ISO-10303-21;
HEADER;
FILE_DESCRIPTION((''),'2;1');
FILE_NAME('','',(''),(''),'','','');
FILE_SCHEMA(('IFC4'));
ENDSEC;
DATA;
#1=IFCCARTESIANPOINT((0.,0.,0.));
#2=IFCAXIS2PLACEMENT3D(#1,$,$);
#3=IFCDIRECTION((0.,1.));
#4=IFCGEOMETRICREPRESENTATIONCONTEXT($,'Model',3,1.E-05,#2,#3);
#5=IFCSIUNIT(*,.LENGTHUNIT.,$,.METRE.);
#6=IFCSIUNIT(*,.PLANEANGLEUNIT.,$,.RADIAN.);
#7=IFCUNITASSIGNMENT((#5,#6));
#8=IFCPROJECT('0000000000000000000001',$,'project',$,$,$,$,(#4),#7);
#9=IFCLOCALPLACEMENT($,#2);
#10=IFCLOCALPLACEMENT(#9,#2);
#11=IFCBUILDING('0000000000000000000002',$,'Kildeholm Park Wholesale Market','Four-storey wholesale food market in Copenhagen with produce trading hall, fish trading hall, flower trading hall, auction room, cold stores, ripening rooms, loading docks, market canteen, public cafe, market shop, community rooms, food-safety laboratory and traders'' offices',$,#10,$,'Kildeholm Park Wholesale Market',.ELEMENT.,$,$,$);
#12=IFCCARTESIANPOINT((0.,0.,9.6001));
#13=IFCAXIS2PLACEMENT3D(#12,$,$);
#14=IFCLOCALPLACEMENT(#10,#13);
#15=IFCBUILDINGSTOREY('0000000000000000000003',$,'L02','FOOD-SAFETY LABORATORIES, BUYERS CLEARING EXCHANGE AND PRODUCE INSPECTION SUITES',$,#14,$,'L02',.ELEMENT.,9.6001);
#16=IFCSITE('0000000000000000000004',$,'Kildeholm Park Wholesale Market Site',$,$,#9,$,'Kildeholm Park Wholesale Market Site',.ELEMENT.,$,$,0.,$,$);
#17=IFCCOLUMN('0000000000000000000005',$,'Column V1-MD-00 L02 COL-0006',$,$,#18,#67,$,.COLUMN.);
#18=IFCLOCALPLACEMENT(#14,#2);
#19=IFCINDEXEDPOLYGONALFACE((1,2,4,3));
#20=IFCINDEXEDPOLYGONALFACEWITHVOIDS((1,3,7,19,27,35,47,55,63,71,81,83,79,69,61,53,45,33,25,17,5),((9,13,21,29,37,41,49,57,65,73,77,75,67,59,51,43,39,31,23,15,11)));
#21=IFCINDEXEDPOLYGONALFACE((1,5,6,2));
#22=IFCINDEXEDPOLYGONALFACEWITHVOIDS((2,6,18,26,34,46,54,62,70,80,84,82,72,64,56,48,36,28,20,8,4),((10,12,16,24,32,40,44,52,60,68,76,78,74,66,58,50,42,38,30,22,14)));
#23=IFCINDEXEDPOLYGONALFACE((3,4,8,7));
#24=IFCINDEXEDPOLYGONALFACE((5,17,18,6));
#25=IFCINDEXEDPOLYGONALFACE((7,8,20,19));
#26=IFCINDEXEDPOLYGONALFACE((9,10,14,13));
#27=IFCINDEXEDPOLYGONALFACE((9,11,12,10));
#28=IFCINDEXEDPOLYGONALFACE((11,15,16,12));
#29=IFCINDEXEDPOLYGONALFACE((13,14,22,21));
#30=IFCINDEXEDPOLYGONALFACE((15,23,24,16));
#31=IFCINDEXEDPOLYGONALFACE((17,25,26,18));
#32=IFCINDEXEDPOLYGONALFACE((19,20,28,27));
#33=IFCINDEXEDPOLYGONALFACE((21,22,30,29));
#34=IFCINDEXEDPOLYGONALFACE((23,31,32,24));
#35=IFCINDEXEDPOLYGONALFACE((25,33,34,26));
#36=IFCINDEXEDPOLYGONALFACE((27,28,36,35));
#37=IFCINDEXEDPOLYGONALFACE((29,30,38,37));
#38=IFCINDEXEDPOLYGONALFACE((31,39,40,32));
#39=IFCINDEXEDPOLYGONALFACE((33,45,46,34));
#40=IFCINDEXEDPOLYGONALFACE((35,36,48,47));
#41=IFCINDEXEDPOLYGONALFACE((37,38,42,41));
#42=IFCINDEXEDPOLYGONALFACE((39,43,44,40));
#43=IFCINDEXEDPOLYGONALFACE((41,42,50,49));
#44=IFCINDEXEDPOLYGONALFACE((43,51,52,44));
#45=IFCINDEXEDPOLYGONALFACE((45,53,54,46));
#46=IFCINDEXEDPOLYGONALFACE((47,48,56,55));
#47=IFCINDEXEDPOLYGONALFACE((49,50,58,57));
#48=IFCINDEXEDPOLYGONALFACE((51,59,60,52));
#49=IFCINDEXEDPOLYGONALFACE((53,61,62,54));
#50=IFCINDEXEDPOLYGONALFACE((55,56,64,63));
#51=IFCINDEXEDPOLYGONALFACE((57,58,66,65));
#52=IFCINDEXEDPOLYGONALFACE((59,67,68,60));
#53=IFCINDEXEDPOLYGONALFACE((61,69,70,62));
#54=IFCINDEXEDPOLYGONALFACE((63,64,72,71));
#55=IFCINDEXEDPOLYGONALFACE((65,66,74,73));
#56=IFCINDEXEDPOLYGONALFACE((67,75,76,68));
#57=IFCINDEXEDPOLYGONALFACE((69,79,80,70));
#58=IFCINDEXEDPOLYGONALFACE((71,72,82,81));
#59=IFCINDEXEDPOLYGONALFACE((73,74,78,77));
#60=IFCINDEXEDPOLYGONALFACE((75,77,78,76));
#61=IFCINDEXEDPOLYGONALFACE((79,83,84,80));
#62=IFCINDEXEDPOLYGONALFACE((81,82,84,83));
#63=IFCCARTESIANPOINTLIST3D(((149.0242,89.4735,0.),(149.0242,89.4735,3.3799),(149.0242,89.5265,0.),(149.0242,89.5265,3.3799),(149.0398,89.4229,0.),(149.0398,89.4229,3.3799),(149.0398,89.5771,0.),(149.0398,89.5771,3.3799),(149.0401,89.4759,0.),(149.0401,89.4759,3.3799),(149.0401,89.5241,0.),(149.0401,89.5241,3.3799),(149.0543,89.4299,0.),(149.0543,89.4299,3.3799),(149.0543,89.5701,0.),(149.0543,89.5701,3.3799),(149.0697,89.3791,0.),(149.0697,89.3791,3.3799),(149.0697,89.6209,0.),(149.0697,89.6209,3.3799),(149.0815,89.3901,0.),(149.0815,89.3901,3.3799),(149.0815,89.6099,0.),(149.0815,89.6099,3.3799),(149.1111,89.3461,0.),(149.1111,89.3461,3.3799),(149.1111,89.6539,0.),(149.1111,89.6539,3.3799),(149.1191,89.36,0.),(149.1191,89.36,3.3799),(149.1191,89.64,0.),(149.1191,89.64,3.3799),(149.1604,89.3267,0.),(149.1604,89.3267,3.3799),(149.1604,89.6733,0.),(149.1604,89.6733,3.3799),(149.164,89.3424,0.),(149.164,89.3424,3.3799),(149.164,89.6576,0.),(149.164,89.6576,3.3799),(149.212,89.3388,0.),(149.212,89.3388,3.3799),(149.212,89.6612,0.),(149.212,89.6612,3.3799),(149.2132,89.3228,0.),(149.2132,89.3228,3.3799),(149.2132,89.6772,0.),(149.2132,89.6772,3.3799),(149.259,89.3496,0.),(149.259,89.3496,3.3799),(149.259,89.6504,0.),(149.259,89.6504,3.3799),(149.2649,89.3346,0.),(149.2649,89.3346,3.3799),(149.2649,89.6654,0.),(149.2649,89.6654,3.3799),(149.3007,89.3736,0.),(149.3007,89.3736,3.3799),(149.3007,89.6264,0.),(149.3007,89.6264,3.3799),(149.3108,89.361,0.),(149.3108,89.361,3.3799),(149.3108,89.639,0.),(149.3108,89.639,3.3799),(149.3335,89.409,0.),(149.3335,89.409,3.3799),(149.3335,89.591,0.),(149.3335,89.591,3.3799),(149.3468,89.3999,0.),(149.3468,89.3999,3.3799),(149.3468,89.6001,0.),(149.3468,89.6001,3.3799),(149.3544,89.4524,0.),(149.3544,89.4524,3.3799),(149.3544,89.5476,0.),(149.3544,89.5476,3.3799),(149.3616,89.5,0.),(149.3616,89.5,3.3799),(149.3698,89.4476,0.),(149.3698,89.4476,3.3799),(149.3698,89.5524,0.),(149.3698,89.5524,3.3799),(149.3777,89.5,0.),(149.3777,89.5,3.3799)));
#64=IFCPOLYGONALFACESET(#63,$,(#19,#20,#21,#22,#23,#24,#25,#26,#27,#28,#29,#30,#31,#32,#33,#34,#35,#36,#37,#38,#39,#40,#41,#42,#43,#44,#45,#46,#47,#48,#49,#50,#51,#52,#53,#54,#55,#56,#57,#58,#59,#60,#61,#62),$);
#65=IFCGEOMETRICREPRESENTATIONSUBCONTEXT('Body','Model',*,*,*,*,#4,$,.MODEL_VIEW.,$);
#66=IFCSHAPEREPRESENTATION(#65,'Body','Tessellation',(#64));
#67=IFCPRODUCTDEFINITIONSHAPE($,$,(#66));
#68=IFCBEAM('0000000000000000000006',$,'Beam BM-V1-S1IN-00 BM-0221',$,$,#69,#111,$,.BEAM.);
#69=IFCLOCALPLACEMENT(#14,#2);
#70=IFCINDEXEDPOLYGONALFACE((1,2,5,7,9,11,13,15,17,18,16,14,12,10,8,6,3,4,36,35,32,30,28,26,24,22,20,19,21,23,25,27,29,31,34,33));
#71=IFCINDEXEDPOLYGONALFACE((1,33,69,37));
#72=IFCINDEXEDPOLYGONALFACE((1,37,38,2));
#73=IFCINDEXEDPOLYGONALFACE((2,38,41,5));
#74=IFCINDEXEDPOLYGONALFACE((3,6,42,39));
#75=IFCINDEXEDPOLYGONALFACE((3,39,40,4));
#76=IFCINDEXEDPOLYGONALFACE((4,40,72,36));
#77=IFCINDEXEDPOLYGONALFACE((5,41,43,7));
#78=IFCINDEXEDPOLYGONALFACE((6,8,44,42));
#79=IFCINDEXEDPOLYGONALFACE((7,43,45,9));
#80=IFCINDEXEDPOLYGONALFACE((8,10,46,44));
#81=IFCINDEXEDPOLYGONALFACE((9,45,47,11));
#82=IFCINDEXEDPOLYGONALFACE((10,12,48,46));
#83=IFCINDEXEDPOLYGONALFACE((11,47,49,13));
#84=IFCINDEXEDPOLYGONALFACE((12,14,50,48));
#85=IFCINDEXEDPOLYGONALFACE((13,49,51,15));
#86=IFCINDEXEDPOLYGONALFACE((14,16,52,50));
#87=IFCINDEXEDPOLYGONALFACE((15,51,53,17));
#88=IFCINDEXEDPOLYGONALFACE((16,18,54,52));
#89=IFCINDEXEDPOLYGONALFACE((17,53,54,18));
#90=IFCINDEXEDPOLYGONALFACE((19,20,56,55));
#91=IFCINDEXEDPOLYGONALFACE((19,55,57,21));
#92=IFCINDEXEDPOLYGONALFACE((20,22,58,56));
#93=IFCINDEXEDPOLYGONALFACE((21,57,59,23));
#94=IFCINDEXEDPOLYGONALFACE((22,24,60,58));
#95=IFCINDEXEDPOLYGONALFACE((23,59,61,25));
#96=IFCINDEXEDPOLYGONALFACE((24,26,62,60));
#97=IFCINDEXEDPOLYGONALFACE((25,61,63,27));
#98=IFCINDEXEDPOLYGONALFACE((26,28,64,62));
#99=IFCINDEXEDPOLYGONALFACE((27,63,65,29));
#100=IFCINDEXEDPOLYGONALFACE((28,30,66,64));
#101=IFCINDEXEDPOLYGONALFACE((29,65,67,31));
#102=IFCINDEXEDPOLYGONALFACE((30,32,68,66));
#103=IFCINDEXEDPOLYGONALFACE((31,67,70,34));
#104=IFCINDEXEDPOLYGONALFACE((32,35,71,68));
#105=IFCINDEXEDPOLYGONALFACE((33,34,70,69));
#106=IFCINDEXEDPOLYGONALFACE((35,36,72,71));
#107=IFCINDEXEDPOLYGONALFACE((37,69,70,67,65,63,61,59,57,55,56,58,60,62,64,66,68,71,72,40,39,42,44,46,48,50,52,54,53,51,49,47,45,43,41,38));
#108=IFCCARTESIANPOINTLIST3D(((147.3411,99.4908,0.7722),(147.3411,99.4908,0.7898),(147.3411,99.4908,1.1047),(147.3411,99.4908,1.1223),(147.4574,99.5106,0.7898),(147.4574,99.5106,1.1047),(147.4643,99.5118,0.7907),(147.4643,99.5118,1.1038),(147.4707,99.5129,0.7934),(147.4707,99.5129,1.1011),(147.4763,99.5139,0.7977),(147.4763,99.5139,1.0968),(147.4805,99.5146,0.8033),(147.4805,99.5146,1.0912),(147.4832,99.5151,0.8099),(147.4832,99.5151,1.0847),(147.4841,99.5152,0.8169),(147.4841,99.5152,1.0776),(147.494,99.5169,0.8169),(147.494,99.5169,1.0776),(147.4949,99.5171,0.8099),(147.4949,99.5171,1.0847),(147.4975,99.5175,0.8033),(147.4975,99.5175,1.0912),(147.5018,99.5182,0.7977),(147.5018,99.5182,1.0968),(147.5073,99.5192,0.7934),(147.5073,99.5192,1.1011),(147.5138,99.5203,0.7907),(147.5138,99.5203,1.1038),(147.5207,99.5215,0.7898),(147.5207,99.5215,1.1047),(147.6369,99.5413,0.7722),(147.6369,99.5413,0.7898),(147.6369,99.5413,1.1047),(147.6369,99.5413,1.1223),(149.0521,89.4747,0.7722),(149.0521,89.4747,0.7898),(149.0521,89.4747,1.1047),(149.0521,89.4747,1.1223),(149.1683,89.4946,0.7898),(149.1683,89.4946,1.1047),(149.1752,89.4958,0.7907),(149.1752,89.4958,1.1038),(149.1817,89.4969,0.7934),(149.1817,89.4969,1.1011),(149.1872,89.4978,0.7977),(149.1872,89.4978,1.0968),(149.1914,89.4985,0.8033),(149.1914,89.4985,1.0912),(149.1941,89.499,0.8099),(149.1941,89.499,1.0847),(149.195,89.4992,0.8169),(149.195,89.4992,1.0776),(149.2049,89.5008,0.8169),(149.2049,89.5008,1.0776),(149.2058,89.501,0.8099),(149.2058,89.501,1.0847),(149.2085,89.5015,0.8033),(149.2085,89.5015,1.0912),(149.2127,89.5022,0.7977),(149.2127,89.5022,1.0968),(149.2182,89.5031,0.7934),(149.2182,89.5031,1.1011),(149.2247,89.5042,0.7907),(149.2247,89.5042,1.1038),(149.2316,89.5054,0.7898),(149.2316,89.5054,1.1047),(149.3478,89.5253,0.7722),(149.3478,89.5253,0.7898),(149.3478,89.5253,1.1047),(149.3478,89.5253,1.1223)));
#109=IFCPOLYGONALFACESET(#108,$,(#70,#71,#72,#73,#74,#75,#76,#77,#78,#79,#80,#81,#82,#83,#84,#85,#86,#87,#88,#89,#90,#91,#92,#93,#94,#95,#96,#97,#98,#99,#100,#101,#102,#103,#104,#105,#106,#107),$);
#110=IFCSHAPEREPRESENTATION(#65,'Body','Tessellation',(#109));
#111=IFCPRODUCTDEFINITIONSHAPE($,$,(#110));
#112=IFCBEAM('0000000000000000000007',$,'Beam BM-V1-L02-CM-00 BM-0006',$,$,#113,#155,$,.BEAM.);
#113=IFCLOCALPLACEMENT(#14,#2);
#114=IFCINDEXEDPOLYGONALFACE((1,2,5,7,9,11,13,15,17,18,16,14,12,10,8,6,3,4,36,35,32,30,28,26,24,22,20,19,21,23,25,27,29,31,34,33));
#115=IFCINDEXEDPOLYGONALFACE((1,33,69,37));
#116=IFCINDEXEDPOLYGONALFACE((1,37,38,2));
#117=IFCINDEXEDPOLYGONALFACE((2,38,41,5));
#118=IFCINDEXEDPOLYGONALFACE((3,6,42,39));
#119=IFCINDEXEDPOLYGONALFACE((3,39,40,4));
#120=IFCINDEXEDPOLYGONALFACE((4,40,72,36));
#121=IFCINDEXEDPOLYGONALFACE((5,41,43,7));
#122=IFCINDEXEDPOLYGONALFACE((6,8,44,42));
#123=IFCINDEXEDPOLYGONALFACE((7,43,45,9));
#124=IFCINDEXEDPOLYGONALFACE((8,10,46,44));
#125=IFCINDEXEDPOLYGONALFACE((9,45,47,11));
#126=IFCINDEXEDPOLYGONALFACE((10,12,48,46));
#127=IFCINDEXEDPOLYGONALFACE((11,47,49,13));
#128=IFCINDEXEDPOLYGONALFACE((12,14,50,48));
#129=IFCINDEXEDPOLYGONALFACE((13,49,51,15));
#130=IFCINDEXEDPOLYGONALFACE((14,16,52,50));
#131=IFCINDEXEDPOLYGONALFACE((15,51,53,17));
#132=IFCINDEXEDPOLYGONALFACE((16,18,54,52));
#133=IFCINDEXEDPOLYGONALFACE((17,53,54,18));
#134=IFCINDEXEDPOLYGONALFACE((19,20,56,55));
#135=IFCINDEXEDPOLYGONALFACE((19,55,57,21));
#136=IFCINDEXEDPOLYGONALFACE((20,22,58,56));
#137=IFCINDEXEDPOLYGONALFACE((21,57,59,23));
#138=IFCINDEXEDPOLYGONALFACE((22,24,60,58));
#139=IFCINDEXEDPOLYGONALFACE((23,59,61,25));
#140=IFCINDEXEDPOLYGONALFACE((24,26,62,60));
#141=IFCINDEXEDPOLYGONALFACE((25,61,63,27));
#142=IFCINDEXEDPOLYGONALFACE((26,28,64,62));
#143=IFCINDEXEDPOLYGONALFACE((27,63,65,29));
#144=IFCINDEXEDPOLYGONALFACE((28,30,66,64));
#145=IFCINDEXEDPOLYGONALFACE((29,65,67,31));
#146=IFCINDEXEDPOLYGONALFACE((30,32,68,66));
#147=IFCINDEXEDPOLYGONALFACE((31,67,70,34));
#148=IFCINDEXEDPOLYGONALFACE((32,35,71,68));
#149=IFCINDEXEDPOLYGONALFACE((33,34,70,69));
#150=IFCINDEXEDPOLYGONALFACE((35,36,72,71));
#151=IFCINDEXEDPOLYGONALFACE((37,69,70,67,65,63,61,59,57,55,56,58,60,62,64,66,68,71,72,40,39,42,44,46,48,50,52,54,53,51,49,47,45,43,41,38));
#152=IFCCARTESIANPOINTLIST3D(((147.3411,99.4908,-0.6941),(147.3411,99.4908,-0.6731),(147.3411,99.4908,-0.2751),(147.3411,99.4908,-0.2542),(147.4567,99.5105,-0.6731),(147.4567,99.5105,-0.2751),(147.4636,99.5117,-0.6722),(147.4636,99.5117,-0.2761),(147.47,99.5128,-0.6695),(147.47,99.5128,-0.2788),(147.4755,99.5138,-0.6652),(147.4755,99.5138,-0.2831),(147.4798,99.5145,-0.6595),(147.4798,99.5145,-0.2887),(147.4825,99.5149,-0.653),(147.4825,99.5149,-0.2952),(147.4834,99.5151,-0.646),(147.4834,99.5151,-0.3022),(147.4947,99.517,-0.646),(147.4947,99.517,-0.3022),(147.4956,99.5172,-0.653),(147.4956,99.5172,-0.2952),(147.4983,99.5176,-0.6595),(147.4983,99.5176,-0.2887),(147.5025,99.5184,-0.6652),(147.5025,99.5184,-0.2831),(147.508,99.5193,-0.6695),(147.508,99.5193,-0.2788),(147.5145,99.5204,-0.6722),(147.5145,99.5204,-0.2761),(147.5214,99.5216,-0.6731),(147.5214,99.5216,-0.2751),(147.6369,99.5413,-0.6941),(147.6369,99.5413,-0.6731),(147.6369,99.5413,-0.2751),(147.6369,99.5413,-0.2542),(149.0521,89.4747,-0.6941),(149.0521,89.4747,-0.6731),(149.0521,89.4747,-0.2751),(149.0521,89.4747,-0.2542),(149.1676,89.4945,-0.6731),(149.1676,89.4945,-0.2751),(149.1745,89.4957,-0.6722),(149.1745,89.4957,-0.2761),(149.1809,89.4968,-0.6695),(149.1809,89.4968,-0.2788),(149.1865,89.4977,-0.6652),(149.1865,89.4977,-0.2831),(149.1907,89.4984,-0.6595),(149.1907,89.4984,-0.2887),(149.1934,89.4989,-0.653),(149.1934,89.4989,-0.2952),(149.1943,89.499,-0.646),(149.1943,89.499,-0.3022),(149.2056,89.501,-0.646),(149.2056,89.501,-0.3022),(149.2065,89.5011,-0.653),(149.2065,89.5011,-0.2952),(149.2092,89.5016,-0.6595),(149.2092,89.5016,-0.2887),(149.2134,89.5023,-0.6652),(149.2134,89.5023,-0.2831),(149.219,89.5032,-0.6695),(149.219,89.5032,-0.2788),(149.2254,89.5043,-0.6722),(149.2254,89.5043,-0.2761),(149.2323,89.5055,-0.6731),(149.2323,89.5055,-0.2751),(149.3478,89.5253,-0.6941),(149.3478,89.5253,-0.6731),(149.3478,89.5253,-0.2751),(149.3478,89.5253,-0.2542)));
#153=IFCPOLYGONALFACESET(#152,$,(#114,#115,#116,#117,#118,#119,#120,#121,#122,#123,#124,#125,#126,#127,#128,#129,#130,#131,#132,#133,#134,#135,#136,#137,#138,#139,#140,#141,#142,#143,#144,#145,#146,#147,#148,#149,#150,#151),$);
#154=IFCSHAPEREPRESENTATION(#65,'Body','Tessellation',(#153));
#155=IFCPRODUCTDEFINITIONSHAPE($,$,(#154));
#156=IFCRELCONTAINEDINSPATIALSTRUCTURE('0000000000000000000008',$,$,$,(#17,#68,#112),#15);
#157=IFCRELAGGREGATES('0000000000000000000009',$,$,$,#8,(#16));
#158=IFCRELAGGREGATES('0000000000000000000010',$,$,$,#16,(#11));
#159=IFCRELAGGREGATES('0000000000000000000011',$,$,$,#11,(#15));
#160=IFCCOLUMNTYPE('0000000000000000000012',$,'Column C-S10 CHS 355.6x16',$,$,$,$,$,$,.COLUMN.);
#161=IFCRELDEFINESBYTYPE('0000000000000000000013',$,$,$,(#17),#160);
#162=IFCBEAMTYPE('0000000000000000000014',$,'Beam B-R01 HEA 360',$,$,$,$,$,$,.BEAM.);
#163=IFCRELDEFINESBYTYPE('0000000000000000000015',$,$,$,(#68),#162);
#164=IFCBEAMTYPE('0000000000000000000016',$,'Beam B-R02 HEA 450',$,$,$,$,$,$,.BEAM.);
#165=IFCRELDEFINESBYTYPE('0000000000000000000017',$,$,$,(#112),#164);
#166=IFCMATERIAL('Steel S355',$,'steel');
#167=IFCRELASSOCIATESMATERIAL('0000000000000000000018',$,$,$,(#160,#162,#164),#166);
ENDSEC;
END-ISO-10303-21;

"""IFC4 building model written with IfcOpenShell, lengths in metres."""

from ifc_helpers import new_model, si_unit, direction, frame, origin, origin_2d, place, context, subcontext, project, spatial, hollow_circle, i_section, extrude, material, material_profile, profile_set, type_object, element, save


model = new_model("IFC4")

# Units and contexts
model_context = context("Model", 3, precision=1e-05, world=origin(), true_north=direction((0.0, 1.0)))
body_context = subcontext(model_context, "Body", "Model", "MODEL_VIEW")
ifc_project = project(units=[si_unit("LENGTHUNIT", "METRE"), si_unit("PLANEANGLEUNIT", "RADIAN")], contexts=[model_context])

# Site, building, storey
site_placement = place(None, origin())
site = spatial("IfcSite", under=ifc_project, at=site_placement, Name="Kildeholm Park Wholesale Market Site", LongName="Kildeholm Park Wholesale Market Site", CompositionType="ELEMENT", RefElevation=0.0)
building_placement = place(site_placement, origin())
building = spatial("IfcBuilding", under=site, at=building_placement, Name="Kildeholm Park Wholesale Market", Description="Four-storey wholesale food market in Copenhagen with produce trading hall, fish trading hall, flower trading hall, auction room, cold stores, ripening rooms, loading docks, market canteen, public cafe, market shop, community rooms, food-safety laboratory and traders' offices", LongName="Kildeholm Park Wholesale Market", CompositionType="ELEMENT")
storey_placement = place(building_placement, frame((0.0, 0.0, 9.6001)))
storey = spatial("IfcBuildingStorey", under=building, at=storey_placement, Name="L02", Description="FOOD-SAFETY LABORATORIES, BUYERS CLEARING EXCHANGE AND PRODUCE INSPECTION SUITES", LongName="L02", CompositionType="ELEMENT", Elevation=9.6001)

# Column
ifc_material_1 = material(Name="Steel S355", Category="steel")
ifc_material_profile_1 = material_profile(ifc_material_1, hollow_circle(Radius=0.1777, WallThickness=0.0161, at=origin_2d()), Name="CHS 355.6x16")
ifc_profile_set_1 = profile_set([ifc_material_profile_1], Name="Steel S355")
column_type = type_object("IfcColumnType", Name="Column C-S10 CHS 355.6x16", PredefinedType="COLUMN", material=ifc_profile_set_1)
column_placement = place(storey_placement, frame((149.2, 89.5, 0.0), z_axis=(0.0, 0.0, 1.0), x_axis=(1.0, 0.0, 0.0)))
element("IfcColumn", 1, at=column_placement, inside=storey, type_object=column_type, Name="Column V1-MD-00 L02 COL-0006", PredefinedType="COLUMN", context=body_context, shape_type="SweptSolid", body=[
    extrude(hollow_circle(Radius=0.1777, WallThickness=0.0161, at=origin_2d()), origin(), (0.0, 0.0, 1.0), 3.3799),
])

# Beams
ifc_material_profile_2 = material_profile(ifc_material_1, i_section(OverallWidth=0.3, OverallDepth=0.3501, WebThickness=0.01, FlangeThickness=0.0176, FilletRadius=0.0271, at=origin_2d()), Name="HEA 360")
ifc_profile_set_2 = profile_set([ifc_material_profile_2], Name="Steel S355")
beam_type_1 = type_object("IfcBeamType", Name="Beam B-R01 HEA 360", PredefinedType="BEAM", material=ifc_profile_set_2)
beam_1_placement = place(storey_placement, frame((149.2, 89.5, 0.9473), z_axis=(-0.16838, 0.985722, 0.0), x_axis=(-0.985722, -0.16838, 0.0)))
element("IfcBeam", 2, at=beam_1_placement, inside=storey, type_object=beam_type_1, Name="Beam BM-V1-S1IN-00 BM-0221", PredefinedType="BEAM", context=body_context, shape_type="SweptSolid", body=[
    extrude(i_section(OverallWidth=0.3, OverallDepth=0.3501, WebThickness=0.01, FlangeThickness=0.0176, FilletRadius=0.0271, at=origin_2d()), origin(), (0.0, 0.0, 1.0), 10.1611),
])
ifc_material_profile_3 = material_profile(ifc_material_1, i_section(OverallWidth=0.3, OverallDepth=0.4399, WebThickness=0.0115, FlangeThickness=0.021, FilletRadius=0.0271, at=origin_2d()), Name="HEA 450")
ifc_profile_set_3 = profile_set([ifc_material_profile_3], Name="Steel S355")
beam_type_2 = type_object("IfcBeamType", Name="Beam B-R02 HEA 450", PredefinedType="BEAM", material=ifc_profile_set_3)
beam_2_placement = place(storey_placement, frame((149.2, 89.5, -0.4741), z_axis=(-0.16838, 0.985722, 0.0), x_axis=(-0.985722, -0.16838, 0.0)))
element("IfcBeam", 3, at=beam_2_placement, inside=storey, type_object=beam_type_2, Name="Beam BM-V1-L02-CM-00 BM-0006", PredefinedType="BEAM", context=body_context, shape_type="SweptSolid", body=[
    extrude(i_section(OverallWidth=0.3, OverallDepth=0.4399, WebThickness=0.0115, FlangeThickness=0.021, FilletRadius=0.0271, at=origin_2d()), origin(), (0.0, 0.0, 1.0), 10.1611),
])

save(model, "model.ifc")
